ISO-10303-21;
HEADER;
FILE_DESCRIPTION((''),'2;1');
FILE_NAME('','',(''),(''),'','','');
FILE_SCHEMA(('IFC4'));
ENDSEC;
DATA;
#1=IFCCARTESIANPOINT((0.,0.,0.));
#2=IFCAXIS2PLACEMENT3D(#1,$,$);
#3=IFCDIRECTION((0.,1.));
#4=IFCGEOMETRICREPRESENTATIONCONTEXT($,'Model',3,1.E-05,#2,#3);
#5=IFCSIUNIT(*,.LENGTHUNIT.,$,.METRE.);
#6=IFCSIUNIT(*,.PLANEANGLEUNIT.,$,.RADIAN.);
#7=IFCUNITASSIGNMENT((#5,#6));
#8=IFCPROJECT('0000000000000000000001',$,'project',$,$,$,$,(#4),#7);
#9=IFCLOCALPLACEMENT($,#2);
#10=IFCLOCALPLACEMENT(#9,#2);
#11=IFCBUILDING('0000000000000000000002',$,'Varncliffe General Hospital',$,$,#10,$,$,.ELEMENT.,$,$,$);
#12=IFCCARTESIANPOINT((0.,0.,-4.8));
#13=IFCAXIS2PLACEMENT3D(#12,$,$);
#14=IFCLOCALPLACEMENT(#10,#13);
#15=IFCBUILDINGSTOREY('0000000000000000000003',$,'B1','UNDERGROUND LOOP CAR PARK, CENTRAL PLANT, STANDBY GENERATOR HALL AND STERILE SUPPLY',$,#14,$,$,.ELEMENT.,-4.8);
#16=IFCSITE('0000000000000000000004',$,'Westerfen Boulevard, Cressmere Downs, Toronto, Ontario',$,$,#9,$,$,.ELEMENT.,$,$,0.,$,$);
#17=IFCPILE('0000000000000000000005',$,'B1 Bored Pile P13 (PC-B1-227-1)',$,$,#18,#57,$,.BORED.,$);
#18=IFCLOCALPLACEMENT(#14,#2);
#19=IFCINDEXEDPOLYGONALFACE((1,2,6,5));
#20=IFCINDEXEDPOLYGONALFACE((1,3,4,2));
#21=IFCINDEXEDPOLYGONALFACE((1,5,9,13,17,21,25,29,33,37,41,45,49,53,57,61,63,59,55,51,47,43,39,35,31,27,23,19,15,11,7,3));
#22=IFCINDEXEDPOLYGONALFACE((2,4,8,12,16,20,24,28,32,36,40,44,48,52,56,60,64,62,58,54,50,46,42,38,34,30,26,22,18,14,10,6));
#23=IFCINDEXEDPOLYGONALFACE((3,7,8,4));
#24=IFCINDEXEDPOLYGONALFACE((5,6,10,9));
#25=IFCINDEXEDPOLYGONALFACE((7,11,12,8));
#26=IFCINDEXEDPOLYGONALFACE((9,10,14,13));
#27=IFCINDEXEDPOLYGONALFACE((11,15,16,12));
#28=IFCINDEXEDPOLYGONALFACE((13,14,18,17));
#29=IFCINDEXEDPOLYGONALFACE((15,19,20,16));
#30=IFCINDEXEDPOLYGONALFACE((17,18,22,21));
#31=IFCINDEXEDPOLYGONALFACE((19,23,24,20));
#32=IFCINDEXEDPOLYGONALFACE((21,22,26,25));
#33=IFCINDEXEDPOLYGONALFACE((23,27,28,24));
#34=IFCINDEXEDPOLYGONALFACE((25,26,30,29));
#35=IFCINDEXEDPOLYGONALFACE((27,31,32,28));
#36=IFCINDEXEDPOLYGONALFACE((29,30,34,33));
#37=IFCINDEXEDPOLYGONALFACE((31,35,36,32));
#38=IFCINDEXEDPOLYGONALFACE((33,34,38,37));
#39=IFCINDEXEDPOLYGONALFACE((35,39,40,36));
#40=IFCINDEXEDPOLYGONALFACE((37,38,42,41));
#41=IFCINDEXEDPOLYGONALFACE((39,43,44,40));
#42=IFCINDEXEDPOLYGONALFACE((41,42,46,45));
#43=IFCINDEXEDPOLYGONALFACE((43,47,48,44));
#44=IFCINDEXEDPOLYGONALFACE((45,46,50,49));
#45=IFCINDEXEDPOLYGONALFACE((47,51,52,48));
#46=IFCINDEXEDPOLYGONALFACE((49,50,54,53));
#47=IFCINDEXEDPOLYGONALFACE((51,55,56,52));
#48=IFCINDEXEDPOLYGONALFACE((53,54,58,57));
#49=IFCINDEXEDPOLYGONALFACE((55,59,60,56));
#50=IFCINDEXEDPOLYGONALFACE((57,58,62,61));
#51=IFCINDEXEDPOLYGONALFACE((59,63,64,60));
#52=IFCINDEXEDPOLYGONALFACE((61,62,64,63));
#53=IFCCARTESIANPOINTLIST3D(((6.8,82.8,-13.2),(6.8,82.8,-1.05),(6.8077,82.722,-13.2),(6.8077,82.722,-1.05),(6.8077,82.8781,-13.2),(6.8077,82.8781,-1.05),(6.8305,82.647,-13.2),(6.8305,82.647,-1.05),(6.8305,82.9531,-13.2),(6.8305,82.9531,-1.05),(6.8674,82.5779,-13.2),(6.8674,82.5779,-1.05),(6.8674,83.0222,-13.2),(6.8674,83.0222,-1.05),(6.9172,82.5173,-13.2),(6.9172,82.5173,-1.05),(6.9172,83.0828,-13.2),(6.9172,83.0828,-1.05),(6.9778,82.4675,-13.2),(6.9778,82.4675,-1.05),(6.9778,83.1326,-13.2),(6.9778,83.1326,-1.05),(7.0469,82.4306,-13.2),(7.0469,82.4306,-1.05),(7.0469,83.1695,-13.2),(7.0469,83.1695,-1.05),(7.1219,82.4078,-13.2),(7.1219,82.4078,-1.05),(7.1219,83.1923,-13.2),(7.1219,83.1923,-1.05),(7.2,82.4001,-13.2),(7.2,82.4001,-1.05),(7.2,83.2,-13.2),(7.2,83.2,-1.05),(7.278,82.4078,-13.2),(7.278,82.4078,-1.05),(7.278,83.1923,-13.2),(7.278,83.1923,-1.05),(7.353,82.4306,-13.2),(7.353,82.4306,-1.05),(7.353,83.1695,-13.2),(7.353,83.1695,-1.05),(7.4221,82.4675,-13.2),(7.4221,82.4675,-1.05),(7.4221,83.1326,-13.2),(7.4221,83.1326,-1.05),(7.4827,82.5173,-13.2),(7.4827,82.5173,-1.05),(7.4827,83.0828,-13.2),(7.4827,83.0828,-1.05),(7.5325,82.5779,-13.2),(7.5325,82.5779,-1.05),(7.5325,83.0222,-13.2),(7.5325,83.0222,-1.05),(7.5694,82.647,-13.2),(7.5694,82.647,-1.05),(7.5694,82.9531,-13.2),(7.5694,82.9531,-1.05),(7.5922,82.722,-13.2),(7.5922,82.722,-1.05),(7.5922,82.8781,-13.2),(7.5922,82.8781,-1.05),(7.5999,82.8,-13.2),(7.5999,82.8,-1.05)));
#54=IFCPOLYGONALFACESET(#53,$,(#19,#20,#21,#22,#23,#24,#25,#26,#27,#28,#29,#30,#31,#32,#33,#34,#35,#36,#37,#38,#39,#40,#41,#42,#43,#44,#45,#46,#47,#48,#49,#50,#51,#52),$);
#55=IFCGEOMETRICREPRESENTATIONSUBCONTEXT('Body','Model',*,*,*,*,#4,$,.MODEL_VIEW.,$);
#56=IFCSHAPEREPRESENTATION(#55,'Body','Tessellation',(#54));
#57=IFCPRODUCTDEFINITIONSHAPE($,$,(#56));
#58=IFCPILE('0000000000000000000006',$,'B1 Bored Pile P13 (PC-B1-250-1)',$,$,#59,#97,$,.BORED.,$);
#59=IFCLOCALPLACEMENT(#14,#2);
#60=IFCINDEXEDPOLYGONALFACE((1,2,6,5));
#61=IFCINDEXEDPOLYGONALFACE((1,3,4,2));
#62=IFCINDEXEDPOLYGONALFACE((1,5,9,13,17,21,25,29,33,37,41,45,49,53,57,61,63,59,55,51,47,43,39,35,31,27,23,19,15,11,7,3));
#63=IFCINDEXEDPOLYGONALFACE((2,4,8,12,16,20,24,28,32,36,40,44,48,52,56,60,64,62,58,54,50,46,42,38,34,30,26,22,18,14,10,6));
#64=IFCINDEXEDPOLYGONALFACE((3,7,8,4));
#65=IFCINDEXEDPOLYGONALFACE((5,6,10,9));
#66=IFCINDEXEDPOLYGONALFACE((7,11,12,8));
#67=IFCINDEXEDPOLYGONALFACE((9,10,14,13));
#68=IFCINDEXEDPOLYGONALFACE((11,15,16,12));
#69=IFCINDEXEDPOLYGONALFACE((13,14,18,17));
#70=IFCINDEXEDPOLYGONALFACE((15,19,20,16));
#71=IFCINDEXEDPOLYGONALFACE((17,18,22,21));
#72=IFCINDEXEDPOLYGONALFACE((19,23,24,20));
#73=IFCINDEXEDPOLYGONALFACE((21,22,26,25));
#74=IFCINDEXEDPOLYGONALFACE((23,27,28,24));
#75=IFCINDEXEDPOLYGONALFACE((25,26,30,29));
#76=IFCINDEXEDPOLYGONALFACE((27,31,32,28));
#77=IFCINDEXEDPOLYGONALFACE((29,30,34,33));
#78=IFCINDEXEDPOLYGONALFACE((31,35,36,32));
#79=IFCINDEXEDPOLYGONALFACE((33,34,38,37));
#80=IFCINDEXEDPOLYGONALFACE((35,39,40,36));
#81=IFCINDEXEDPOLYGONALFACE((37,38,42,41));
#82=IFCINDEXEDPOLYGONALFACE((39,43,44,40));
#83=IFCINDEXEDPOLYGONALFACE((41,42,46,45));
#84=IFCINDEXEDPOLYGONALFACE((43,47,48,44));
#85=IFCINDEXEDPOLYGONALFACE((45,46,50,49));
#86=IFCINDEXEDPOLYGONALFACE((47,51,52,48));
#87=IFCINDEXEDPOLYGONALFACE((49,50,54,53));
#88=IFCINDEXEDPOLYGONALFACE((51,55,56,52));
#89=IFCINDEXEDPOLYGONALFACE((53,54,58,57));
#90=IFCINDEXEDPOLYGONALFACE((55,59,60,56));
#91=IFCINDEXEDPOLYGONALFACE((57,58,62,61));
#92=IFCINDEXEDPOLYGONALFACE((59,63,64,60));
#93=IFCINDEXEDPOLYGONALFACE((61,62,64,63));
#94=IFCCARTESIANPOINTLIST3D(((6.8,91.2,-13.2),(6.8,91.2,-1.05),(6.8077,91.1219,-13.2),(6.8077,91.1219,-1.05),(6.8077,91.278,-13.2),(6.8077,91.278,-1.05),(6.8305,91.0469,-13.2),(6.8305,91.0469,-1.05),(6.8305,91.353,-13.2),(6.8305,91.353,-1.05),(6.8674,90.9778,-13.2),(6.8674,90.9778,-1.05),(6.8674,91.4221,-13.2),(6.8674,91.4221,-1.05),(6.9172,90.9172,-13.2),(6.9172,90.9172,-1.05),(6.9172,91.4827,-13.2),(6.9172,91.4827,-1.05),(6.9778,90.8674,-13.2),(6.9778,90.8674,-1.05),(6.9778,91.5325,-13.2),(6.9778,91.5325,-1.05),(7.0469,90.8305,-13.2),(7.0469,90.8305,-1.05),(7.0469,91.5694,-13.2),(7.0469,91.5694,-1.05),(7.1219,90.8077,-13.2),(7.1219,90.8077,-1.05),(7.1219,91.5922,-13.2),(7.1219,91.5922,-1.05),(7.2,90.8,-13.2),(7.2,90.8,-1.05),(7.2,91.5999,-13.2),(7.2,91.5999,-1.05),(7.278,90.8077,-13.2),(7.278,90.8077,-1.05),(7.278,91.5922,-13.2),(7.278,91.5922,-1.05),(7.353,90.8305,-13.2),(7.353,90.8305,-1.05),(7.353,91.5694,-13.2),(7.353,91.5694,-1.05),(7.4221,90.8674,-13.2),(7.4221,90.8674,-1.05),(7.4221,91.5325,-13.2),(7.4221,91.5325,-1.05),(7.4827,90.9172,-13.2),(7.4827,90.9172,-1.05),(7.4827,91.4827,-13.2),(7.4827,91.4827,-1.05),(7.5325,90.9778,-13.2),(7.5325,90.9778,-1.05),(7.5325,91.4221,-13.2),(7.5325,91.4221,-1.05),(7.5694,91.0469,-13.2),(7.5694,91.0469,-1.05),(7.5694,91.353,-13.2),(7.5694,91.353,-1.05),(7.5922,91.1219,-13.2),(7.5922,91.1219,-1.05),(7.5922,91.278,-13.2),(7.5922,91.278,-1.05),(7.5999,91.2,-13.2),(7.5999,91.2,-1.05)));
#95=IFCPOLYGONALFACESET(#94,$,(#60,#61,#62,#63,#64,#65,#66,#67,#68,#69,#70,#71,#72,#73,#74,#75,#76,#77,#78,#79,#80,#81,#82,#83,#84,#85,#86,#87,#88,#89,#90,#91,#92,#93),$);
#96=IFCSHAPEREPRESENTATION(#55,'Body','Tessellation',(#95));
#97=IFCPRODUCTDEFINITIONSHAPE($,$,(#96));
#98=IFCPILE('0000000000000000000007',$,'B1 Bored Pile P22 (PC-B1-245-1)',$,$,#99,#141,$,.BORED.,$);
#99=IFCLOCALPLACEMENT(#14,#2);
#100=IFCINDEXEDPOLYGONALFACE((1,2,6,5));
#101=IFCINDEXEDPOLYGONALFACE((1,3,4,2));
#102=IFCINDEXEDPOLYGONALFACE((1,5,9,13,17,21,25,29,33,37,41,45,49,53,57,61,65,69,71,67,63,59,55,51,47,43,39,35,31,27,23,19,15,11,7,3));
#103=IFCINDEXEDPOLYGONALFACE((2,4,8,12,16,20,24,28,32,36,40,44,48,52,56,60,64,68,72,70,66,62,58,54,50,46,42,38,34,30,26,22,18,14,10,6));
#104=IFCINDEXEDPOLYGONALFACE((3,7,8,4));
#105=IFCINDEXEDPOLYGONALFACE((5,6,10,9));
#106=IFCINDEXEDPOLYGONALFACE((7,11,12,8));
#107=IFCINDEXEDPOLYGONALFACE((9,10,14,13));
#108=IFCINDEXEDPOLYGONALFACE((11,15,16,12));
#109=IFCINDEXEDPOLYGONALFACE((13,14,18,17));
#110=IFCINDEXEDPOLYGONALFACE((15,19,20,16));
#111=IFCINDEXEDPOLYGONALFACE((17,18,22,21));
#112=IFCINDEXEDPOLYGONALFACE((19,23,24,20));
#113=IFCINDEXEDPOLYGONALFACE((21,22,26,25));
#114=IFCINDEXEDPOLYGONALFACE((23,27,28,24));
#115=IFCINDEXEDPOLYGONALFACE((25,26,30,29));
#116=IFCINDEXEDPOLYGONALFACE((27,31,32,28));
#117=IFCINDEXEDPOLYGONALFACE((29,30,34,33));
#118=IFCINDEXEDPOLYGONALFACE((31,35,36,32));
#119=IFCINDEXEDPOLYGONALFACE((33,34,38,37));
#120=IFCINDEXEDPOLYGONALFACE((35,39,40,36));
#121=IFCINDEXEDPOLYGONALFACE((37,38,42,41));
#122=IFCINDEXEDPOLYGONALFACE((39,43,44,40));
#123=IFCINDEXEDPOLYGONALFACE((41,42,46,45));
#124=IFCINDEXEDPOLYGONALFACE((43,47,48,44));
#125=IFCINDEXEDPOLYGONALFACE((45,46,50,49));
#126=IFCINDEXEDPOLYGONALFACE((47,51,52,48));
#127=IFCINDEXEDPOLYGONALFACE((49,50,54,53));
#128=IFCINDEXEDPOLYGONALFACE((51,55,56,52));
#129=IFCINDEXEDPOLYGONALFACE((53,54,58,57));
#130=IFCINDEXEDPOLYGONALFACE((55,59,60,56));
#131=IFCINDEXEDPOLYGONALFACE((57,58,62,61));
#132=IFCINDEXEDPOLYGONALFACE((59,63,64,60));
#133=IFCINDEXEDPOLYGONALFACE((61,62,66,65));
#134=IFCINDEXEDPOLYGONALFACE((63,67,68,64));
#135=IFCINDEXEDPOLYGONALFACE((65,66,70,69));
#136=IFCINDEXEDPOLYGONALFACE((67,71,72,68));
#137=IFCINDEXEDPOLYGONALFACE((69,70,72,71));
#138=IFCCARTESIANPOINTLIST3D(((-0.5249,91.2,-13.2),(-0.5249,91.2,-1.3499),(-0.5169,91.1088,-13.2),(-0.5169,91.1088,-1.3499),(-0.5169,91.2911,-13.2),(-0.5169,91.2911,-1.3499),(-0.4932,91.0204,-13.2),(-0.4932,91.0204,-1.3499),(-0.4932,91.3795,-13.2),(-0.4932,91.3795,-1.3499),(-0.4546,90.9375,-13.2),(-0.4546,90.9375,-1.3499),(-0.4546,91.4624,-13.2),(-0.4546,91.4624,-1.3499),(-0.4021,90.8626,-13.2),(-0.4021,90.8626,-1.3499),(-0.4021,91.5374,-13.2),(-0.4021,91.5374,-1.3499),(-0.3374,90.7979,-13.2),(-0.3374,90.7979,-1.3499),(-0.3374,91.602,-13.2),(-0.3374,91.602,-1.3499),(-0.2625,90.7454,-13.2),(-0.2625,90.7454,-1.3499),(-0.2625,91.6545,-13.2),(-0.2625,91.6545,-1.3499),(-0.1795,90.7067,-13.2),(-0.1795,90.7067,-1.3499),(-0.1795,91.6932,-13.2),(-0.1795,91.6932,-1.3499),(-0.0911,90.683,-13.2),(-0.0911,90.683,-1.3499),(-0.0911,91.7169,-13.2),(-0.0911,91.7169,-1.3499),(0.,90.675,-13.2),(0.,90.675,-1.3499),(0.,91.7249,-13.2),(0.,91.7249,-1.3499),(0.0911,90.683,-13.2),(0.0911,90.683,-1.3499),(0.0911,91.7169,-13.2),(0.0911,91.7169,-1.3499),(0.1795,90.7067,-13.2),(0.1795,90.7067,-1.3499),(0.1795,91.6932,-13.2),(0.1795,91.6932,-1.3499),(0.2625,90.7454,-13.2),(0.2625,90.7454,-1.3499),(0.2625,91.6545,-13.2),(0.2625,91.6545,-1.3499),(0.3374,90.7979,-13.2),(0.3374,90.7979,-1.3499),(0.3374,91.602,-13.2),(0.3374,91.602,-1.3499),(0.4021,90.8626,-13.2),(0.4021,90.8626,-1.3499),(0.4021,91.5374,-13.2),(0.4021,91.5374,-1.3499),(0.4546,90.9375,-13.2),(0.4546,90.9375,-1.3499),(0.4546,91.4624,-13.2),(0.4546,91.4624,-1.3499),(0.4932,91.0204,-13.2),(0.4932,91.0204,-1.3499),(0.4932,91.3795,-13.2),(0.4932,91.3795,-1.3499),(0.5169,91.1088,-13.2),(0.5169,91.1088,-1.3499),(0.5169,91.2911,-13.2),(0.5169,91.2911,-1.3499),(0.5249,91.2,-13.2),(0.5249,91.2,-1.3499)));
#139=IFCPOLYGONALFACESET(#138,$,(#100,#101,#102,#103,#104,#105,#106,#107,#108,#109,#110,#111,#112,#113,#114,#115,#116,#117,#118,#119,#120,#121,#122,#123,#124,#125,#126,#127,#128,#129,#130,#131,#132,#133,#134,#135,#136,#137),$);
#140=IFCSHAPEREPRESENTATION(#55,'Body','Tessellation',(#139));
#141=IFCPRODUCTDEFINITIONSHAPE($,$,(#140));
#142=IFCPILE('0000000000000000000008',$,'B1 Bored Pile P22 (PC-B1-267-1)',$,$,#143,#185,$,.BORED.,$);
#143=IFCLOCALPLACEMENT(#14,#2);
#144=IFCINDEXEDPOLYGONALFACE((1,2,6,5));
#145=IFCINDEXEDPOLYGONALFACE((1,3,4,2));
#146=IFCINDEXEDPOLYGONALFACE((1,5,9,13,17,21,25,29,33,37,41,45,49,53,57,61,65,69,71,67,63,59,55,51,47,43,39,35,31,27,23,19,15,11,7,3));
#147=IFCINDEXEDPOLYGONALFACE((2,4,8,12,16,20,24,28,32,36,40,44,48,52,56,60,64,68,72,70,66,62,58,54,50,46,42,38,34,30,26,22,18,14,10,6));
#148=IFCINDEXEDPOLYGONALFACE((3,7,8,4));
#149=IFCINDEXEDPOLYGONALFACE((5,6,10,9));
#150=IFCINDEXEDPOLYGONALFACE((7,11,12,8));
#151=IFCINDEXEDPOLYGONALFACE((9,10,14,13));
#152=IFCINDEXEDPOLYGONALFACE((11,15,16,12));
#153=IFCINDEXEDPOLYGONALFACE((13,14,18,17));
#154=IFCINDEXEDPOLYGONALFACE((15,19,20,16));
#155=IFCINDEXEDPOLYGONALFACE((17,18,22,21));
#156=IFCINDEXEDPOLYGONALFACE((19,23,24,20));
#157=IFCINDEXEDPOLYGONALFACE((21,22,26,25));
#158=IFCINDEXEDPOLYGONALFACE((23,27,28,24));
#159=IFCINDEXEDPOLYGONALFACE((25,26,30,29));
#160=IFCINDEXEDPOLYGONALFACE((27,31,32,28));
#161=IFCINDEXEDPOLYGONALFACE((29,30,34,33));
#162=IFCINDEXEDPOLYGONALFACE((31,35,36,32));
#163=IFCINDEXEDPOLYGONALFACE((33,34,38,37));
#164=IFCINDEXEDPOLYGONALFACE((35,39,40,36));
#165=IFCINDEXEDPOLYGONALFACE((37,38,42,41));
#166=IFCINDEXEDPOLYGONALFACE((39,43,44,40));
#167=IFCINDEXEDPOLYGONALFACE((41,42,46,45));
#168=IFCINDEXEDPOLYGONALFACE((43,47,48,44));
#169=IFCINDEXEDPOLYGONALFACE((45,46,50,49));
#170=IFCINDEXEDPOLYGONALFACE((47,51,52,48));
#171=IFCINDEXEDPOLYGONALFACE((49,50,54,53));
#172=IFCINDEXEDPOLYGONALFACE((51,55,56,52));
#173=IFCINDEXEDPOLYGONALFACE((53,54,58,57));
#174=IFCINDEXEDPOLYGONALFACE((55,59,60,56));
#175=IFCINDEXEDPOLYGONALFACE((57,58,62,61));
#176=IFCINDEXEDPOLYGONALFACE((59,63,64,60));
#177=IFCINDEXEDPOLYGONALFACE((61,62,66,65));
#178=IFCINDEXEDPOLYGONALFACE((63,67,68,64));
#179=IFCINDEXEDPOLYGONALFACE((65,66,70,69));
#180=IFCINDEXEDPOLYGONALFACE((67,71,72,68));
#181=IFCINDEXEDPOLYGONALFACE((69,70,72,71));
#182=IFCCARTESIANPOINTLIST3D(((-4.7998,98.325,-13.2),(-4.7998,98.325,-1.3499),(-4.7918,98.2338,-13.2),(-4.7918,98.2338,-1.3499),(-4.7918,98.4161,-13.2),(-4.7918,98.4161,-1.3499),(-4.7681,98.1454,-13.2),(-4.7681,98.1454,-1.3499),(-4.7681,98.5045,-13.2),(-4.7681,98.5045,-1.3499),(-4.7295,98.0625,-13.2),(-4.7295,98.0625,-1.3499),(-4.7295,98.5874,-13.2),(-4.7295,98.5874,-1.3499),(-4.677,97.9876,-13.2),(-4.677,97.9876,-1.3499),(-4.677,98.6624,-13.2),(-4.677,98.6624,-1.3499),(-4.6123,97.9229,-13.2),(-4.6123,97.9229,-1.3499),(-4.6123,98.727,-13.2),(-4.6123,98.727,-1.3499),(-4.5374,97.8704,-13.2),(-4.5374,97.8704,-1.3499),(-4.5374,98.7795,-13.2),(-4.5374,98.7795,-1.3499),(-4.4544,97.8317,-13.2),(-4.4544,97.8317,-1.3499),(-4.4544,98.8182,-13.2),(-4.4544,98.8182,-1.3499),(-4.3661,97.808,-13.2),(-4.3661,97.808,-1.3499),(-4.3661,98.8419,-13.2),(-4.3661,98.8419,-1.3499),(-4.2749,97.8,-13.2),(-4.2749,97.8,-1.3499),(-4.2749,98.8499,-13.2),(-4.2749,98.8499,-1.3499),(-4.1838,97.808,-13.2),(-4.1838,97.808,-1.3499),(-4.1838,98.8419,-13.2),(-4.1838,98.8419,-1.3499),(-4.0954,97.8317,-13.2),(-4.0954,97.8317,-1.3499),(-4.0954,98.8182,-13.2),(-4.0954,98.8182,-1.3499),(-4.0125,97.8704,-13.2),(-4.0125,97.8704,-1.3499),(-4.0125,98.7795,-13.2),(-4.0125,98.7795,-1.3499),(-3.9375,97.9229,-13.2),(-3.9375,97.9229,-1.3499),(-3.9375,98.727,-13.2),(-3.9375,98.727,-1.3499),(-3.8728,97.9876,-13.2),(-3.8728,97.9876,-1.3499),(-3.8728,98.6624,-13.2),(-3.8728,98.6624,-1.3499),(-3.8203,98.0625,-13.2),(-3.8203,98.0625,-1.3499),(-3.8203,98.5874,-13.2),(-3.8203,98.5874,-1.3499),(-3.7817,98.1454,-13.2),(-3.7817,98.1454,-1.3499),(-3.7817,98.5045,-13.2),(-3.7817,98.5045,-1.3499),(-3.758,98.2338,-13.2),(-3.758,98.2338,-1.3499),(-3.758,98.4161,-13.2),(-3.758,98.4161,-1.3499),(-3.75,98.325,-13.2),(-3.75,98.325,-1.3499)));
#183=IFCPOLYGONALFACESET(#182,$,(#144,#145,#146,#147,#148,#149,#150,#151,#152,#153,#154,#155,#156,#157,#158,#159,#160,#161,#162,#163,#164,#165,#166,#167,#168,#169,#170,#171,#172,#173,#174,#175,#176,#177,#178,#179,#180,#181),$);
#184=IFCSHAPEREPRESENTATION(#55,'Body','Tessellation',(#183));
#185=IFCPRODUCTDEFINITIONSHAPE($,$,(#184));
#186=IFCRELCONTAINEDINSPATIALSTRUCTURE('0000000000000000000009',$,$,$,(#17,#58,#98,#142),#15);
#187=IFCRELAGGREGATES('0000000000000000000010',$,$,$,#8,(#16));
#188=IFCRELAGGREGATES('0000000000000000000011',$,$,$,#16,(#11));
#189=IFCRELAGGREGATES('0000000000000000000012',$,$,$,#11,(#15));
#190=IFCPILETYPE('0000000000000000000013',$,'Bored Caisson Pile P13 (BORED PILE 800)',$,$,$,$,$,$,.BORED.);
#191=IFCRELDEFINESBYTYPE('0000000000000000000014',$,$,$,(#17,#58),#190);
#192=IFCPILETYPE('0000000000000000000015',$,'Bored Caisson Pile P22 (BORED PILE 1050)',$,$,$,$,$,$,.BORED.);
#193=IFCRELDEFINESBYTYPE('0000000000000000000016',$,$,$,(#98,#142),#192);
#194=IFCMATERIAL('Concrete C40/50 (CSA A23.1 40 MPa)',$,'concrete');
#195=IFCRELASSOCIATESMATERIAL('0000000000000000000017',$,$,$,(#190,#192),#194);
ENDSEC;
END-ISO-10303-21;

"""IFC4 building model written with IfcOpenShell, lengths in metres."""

from ifc_helpers import new_model, si_unit, direction, frame, origin, origin_2d, place, context, subcontext, project, spatial, circle, extrude, material, material_profile, profile_set, type_object, element, save


model = new_model("IFC4")

# Units and contexts
model_context = context("Model", 3, precision=1e-05, world=origin(), true_north=direction((0.0, 1.0)))
body_context = subcontext(model_context, "Body", "Model", "MODEL_VIEW")
ifc_project = project(units=[si_unit("LENGTHUNIT", "METRE"), si_unit("PLANEANGLEUNIT", "RADIAN")], contexts=[model_context])

# Site, building, storey
site_placement = place(None, origin())
site = spatial("IfcSite", under=ifc_project, at=site_placement, Name="Westerfen Boulevard, Cressmere Downs, Toronto, Ontario", CompositionType="ELEMENT", RefElevation=0.0)
building_placement = place(site_placement, origin())
building = spatial("IfcBuilding", under=site, at=building_placement, Name="Varncliffe General Hospital", CompositionType="ELEMENT")
storey_placement = place(building_placement, frame((0.0, 0.0, -4.8)))
storey = spatial("IfcBuildingStorey", under=building, at=storey_placement, Name="B1", Description="UNDERGROUND LOOP CAR PARK, CENTRAL PLANT, STANDBY GENERATOR HALL AND STERILE SUPPLY", CompositionType="ELEMENT", Elevation=-4.8)

# Piles
ifc_material_1 = material(Name="Concrete C40/50 (CSA A23.1 40 MPa)", Category="concrete")
ifc_material_profile_1 = material_profile(ifc_material_1, circle(Radius=0.3999, at=origin_2d()), Name="BORED PILE 800")
ifc_profile_set_1 = profile_set([ifc_material_profile_1], Name="Concrete C40/50 (CSA A23.1 40 MPa)")
pile_type_1 = type_object("IfcPileType", Name="Bored Caisson Pile P13 (BORED PILE 800)", PredefinedType="BORED", material=ifc_profile_set_1)
for number, where, z_axis, x_axis, name in (
    (1, (7.2, 82.8, -1.05), (0.0, 0.0, -1.0), (1.0, 0.0, 0.0), "B1 Bored Pile P13 (PC-B1-227-1)"),
    (2, (7.2, 91.2, -1.05), (0.0, 0.0, -1.0), (1.0, 0.0, 0.0), "B1 Bored Pile P13 (PC-B1-250-1)"),
):
    element("IfcPile", number, at=place(storey_placement, frame(where, z_axis=z_axis, x_axis=x_axis)), inside=storey, type_object=pile_type_1, Name=name, PredefinedType="BORED", context=body_context, shape_type="SweptSolid", body=[
        extrude(circle(Radius=0.3999, at=origin_2d()), origin(), (0.0, 0.0, 1.0), 12.1499),
    ])
ifc_material_profile_2 = material_profile(ifc_material_1, circle(Radius=0.5249, at=origin_2d()), Name="BORED PILE 1050")
ifc_profile_set_2 = profile_set([ifc_material_profile_2], Name="Concrete C40/50 (CSA A23.1 40 MPa)")
pile_type_2 = type_object("IfcPileType", Name="Bored Caisson Pile P22 (BORED PILE 1050)", PredefinedType="BORED", material=ifc_profile_set_2)
for number, where, z_axis, x_axis, name in (
    (3, (0.0, 91.2, -1.3499), (0.0, 0.0, -1.0), (1.0, 0.0, 0.0), "B1 Bored Pile P22 (PC-B1-245-1)"),
    (4, (-4.2749, 98.325, -1.3499), (0.0, 0.0, -1.0), (1.0, 0.0, 0.0), "B1 Bored Pile P22 (PC-B1-267-1)"),
):
    element("IfcPile", number, at=place(storey_placement, frame(where, z_axis=z_axis, x_axis=x_axis)), inside=storey, type_object=pile_type_2, Name=name, PredefinedType="BORED", context=body_context, shape_type="SweptSolid", body=[
        extrude(circle(Radius=0.5249, at=origin_2d()), origin(), (0.0, 0.0, 1.0), 11.8501),
    ])

save(model, "model.ifc")
